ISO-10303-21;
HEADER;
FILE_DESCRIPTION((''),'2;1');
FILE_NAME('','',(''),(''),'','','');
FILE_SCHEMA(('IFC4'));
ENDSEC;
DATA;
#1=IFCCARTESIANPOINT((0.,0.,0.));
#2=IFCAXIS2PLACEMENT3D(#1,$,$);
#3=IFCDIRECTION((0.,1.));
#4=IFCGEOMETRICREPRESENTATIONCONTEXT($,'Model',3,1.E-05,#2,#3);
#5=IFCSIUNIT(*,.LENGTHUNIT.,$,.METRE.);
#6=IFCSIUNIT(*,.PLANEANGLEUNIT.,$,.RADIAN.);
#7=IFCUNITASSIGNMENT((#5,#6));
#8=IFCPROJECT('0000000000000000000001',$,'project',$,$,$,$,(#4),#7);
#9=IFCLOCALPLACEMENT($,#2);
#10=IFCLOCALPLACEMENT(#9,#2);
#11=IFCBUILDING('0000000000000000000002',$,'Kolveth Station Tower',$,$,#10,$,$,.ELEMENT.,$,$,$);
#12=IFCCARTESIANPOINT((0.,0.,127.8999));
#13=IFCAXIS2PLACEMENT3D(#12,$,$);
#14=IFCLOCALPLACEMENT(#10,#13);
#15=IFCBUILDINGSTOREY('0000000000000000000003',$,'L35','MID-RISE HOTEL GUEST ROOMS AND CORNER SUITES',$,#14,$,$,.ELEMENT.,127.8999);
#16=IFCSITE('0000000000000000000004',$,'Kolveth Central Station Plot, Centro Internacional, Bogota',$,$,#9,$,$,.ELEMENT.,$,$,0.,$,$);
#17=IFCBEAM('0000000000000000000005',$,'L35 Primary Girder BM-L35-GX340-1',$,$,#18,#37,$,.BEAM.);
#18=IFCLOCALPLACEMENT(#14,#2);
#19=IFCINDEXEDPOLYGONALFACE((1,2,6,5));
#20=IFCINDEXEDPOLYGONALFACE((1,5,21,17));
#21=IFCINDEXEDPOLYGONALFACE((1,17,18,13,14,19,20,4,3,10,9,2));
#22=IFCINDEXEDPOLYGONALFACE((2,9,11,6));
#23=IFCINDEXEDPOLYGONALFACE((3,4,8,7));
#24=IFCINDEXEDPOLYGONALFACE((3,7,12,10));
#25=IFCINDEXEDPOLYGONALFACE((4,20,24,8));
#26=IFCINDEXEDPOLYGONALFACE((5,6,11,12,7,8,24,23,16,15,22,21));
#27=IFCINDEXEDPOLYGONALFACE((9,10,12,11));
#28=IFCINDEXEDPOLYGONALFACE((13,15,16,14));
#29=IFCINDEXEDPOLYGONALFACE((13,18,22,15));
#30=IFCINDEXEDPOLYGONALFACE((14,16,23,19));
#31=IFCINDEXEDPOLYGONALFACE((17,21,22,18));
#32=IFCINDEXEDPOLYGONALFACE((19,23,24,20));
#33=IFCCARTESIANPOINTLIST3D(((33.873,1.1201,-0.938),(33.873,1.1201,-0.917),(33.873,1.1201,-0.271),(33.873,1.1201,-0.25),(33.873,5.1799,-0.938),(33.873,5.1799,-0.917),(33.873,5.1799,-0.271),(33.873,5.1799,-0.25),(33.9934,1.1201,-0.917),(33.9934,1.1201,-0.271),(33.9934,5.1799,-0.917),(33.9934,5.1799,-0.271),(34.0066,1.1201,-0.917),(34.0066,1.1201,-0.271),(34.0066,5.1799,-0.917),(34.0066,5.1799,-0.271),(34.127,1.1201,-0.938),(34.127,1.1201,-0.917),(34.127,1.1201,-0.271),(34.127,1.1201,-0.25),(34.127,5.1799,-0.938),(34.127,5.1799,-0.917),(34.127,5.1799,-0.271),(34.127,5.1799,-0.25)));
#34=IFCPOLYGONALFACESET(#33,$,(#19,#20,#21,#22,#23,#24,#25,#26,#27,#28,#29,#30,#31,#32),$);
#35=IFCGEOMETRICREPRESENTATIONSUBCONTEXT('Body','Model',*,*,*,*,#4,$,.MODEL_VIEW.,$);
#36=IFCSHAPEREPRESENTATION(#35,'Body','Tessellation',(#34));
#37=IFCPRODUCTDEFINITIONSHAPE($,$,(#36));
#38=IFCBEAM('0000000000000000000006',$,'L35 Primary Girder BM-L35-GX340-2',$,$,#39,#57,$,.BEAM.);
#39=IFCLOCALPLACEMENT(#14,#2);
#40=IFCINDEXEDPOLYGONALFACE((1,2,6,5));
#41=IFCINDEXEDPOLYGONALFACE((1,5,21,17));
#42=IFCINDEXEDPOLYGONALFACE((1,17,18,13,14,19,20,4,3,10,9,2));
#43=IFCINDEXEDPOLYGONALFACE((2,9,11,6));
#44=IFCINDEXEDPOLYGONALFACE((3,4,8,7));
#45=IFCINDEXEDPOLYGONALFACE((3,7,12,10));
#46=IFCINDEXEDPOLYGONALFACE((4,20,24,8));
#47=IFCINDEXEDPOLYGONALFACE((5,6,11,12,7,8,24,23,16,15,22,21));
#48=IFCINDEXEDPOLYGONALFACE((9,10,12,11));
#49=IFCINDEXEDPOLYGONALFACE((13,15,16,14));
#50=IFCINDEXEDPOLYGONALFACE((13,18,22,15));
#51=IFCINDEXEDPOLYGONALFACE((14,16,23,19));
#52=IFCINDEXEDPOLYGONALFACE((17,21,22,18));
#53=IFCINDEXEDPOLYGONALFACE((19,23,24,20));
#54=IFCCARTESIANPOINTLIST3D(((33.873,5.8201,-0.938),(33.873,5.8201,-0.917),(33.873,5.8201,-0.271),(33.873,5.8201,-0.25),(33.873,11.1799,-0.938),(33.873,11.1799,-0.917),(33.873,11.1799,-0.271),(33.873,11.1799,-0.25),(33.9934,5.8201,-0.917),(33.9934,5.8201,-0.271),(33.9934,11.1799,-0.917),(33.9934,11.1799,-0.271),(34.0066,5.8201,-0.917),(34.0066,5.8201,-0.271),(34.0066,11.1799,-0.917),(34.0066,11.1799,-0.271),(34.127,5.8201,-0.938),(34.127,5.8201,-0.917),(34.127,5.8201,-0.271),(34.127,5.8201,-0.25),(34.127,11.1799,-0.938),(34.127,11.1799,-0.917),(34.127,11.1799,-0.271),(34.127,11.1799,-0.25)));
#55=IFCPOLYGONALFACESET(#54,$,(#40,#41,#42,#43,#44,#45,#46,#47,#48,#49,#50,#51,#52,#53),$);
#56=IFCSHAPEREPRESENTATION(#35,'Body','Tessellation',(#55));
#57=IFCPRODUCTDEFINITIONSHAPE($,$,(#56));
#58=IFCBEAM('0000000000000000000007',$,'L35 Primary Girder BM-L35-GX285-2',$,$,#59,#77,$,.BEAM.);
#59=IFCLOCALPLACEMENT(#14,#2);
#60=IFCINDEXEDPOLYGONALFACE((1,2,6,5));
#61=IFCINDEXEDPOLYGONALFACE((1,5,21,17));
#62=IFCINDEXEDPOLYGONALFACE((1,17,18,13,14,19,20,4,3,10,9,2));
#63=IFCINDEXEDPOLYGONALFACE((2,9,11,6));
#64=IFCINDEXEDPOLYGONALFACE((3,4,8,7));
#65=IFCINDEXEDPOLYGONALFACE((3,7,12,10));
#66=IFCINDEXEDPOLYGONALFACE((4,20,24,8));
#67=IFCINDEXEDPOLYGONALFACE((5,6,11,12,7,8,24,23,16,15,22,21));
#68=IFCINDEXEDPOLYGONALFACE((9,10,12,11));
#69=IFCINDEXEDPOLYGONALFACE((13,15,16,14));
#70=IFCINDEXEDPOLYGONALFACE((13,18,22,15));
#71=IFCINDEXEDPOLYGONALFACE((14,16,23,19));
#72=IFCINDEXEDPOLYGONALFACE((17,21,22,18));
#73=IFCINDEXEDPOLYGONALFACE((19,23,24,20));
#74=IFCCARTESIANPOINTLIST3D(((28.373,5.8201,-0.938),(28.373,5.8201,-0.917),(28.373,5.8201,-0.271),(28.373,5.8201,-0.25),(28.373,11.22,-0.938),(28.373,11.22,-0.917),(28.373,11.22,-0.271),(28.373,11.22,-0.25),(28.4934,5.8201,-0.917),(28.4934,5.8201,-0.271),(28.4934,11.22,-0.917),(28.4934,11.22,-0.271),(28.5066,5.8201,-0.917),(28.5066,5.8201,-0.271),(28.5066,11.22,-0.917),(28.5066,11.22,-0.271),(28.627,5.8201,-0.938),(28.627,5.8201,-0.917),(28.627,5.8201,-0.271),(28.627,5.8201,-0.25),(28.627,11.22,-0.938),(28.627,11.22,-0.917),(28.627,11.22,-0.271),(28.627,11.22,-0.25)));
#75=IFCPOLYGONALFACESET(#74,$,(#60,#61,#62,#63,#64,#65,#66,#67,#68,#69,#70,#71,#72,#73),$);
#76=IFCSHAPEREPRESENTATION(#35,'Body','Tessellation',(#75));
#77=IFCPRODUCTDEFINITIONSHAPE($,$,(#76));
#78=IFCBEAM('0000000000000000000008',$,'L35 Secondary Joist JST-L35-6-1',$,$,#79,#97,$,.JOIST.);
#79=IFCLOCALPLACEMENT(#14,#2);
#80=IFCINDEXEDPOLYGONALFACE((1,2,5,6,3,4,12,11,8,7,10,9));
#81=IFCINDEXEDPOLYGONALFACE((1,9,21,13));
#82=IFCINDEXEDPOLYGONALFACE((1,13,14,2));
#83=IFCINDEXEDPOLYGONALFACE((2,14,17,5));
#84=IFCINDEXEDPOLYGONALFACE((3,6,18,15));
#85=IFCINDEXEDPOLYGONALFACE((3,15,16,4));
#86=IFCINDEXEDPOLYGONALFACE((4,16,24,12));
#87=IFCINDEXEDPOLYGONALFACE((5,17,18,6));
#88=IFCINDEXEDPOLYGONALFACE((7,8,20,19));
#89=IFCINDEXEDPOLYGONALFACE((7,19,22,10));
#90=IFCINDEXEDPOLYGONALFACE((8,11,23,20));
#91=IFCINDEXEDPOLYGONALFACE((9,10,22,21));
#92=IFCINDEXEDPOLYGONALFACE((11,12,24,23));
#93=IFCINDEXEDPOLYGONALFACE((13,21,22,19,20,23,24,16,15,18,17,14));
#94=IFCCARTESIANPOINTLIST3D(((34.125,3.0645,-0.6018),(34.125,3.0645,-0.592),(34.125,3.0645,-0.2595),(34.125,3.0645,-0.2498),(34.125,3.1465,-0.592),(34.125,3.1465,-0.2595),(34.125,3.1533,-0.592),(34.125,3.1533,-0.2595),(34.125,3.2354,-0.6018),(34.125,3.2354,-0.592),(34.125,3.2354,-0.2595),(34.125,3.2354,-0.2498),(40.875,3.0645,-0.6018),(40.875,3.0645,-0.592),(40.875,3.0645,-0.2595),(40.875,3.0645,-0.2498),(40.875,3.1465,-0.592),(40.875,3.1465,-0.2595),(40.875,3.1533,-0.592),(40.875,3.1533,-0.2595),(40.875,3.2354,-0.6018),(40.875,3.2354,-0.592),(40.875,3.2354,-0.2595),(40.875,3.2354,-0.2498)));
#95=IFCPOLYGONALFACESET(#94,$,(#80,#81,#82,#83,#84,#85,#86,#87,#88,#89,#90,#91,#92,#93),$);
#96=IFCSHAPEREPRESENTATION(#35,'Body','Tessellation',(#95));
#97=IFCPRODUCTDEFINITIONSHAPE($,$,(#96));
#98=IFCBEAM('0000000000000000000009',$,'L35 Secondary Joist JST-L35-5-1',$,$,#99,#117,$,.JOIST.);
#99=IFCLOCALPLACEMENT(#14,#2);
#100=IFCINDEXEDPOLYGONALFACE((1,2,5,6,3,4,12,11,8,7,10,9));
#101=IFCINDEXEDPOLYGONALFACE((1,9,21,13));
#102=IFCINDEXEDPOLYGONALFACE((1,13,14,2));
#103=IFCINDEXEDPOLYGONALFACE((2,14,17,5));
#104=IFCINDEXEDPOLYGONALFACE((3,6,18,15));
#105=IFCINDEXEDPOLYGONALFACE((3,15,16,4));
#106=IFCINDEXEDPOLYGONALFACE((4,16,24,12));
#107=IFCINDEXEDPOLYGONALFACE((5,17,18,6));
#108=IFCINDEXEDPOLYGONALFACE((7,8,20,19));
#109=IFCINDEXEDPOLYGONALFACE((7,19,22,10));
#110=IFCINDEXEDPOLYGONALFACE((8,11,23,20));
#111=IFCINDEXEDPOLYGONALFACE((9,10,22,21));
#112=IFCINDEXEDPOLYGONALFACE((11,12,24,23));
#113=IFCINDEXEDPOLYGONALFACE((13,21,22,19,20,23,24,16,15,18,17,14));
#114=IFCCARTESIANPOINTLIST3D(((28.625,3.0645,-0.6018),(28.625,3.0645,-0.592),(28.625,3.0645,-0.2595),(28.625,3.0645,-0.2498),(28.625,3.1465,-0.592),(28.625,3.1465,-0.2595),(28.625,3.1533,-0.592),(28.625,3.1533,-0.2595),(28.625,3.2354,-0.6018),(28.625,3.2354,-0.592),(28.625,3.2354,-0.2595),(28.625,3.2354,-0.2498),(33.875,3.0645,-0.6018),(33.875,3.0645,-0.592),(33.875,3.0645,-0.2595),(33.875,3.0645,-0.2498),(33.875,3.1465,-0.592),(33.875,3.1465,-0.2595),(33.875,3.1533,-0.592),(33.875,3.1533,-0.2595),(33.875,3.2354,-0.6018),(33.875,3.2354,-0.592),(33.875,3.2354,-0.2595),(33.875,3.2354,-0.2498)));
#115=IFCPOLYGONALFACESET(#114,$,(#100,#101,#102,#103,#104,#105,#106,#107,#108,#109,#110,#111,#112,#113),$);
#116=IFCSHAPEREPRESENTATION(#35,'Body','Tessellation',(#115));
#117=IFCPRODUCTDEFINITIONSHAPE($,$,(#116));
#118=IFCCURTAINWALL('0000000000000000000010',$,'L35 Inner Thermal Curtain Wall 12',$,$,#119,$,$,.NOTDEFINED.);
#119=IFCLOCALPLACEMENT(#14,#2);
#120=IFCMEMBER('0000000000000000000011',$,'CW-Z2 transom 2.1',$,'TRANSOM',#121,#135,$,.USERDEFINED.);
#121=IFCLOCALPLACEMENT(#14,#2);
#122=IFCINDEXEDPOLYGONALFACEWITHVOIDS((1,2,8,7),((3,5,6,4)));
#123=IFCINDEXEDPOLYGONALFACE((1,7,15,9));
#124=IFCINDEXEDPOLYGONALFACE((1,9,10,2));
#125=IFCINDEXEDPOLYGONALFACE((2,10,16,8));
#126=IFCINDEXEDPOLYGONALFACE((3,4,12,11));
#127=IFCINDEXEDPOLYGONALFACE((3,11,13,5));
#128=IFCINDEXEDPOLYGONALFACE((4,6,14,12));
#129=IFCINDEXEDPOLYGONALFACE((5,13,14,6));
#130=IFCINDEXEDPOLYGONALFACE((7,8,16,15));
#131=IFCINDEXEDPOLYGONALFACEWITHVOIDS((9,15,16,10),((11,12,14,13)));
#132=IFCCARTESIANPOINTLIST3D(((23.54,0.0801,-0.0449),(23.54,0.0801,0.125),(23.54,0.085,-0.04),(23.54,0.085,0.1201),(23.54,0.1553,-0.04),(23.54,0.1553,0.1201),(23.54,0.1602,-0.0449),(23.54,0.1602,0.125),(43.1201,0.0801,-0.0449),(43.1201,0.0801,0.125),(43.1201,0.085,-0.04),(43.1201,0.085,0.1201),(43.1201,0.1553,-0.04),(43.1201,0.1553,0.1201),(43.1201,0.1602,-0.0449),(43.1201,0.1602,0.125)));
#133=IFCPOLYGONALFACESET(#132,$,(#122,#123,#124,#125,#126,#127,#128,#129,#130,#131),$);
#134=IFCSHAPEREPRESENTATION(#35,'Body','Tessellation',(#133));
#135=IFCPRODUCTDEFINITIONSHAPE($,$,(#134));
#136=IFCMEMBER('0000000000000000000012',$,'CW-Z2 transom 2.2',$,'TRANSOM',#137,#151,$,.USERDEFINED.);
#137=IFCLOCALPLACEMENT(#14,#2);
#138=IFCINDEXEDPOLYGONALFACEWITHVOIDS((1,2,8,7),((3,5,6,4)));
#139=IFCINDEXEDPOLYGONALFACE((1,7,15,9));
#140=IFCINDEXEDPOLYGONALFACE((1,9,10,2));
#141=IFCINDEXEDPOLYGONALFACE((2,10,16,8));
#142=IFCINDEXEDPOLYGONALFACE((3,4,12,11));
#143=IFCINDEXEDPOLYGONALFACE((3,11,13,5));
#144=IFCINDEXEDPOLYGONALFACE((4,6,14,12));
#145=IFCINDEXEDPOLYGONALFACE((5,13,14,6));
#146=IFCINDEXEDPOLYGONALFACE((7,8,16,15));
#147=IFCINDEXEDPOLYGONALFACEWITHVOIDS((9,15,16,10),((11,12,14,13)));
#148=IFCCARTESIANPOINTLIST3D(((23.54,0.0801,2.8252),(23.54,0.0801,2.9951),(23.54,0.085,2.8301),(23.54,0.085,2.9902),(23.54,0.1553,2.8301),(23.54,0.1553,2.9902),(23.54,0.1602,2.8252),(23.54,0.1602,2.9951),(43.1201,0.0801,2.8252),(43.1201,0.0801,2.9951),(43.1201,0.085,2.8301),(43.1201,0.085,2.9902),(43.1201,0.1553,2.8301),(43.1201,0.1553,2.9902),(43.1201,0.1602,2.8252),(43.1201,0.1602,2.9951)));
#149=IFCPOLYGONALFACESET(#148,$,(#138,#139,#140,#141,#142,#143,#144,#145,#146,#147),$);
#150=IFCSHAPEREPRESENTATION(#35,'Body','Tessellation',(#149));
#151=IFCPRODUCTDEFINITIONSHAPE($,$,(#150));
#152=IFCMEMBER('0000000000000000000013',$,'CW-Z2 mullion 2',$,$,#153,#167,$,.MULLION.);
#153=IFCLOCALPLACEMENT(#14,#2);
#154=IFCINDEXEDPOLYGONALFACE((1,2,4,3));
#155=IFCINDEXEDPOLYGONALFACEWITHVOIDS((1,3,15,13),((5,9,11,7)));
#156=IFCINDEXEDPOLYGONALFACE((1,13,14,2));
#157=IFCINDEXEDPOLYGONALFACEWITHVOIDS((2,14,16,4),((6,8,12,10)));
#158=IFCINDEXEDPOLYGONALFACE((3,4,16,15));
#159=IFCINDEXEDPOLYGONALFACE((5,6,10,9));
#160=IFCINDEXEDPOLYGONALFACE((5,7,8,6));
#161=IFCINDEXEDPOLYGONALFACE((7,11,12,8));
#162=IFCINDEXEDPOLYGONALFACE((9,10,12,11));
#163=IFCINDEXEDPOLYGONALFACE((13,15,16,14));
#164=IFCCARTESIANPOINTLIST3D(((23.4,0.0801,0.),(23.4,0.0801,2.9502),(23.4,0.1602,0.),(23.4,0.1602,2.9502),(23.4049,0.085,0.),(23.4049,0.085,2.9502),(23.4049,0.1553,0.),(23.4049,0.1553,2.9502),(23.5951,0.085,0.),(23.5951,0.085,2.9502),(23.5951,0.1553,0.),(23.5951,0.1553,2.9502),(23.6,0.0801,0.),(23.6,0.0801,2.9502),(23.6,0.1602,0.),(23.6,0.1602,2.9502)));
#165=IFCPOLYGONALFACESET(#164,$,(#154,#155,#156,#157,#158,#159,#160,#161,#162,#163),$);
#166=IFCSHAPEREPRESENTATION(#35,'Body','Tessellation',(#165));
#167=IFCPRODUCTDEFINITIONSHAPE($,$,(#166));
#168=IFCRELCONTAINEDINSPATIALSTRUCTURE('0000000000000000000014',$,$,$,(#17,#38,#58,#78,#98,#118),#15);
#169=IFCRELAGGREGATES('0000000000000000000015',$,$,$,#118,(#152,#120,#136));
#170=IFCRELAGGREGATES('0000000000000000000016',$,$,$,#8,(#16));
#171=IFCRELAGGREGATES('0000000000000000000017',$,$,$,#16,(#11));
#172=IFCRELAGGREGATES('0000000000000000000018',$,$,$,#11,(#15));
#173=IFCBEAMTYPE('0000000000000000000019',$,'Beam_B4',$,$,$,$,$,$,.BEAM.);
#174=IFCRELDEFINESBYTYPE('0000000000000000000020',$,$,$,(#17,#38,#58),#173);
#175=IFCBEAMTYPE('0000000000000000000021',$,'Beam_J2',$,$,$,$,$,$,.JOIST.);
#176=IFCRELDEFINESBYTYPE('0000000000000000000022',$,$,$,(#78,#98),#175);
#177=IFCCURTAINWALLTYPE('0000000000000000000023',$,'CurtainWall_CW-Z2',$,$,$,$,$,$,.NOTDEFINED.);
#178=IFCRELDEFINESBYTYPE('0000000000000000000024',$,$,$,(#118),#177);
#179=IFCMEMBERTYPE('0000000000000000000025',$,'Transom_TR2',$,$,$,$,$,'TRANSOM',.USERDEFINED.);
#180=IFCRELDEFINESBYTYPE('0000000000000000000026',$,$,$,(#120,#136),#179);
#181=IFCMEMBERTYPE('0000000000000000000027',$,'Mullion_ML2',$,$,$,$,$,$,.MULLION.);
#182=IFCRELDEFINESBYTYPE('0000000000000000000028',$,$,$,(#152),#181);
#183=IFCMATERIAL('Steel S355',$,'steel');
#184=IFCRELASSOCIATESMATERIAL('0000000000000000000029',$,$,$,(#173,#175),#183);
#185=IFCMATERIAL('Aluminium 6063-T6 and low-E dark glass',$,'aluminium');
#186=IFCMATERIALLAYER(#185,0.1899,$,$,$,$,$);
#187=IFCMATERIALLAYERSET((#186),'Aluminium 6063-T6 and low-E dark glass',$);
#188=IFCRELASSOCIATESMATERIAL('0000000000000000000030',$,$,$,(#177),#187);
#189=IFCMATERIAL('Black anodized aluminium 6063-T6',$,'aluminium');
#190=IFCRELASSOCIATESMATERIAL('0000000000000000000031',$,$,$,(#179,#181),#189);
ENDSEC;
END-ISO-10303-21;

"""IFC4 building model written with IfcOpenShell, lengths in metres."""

from ifc_helpers import new_model, si_unit, direction, frame, origin, origin_2d, place, context, subcontext, project, spatial, hollow_rectangle, i_section, extrude, source, transform, mapped, material, layer, layer_set, material_profile, profile_set, type_object, element, aggregate, save


model = new_model("IFC4")

# Units and contexts
model_context = context("Model", 3, precision=1e-05, world=origin(), true_north=direction((0.0, 1.0)))
body_context = subcontext(model_context, "Body", "Model", "MODEL_VIEW")
ifc_project = project(units=[si_unit("LENGTHUNIT", "METRE"), si_unit("PLANEANGLEUNIT", "RADIAN")], contexts=[model_context])

# Site, building, storey
site_placement = place(None, origin())
site = spatial("IfcSite", under=ifc_project, at=site_placement, Name="Kolveth Central Station Plot, Centro Internacional, Bogota", CompositionType="ELEMENT", RefElevation=0.0)
building_placement = place(site_placement, origin())
building = spatial("IfcBuilding", under=site, at=building_placement, Name="Kolveth Station Tower", CompositionType="ELEMENT")
storey_placement = place(building_placement, frame((0.0, 0.0, 127.8999)))
storey = spatial("IfcBuildingStorey", under=building, at=storey_placement, Name="L35", Description="MID-RISE HOTEL GUEST ROOMS AND CORNER SUITES", CompositionType="ELEMENT", Elevation=127.8999)

# Beams
ifc_material_1 = material(Name="Steel S355", Category="steel")
ifc_material_profile_1 = material_profile(ifc_material_1, i_section(OverallWidth=0.2539, OverallDepth=0.688, WebThickness=0.0132, FlangeThickness=0.021, at=origin_2d()), Name="W690x152")
ifc_profile_set_1 = profile_set([ifc_material_profile_1], Name="Steel S355")
beam_type_1 = type_object("IfcBeamType", Name="Beam_B4", PredefinedType="BEAM", material=ifc_profile_set_1)
shared_shape_1 = source(origin(), body_context, "Body", "SweptSolid", [
    extrude(i_section(OverallWidth=0.2539, OverallDepth=0.688, WebThickness=0.0132, FlangeThickness=0.021, at=origin_2d()), origin(), (0.0, 0.0, 1.0), 4.0598),
])
for number, where, z_axis, x_axis, name in (
    (1, (34.0, 1.1201, -0.594), (0.0, 1.0, 0.0), (-1.0, 0.0, 0.0), "L35 Primary Girder BM-L35-GX340-1"),
):
    element("IfcBeam", number, at=place(storey_placement, frame(where, z_axis=z_axis, x_axis=x_axis)), inside=storey, type_object=beam_type_1, Name=name, PredefinedType="BEAM", context=body_context, shape_type="MappedRepresentation", body=[
        mapped(shared_shape_1, transform((0.0, 0.0, 0.0), x_axis=(1.0, 0.0, 0.0), y_axis=(0.0, 1.0, 0.0), z_axis=(0.0, 0.0, 1.0), scale=1.0)),
    ])
shared_shape_2 = source(origin(), body_context, "Body", "SweptSolid", [
    extrude(i_section(OverallWidth=0.2539, OverallDepth=0.688, WebThickness=0.0132, FlangeThickness=0.021, at=origin_2d()), origin(), (0.0, 0.0, 1.0), 5.3599),
])
beam_1_placement = place(storey_placement, frame((34.0, 5.8201, -0.594), z_axis=(0.0, 1.0, 0.0), x_axis=(-1.0, 0.0, 0.0)))
element("IfcBeam", 2, at=beam_1_placement, inside=storey, type_object=beam_type_1, Name="L35 Primary Girder BM-L35-GX340-2", PredefinedType="BEAM", context=body_context, shape_type="MappedRepresentation", body=[
    mapped(shared_shape_2, transform((0.0, 0.0, 0.0), x_axis=(1.0, 0.0, 0.0), y_axis=(0.0, 1.0, 0.0), z_axis=(0.0, 0.0, 1.0), scale=1.0)),
])
shared_shape_3 = source(origin(), body_context, "Body", "SweptSolid", [
    extrude(i_section(OverallWidth=0.2539, OverallDepth=0.688, WebThickness=0.0132, FlangeThickness=0.021, at=origin_2d()), origin(), (0.0, 0.0, 1.0), 5.3999),
])
beam_2_placement = place(storey_placement, frame((28.5, 5.8201, -0.594), z_axis=(0.0, 1.0, 0.0), x_axis=(-1.0, 0.0, 0.0)))
element("IfcBeam", 3, at=beam_2_placement, inside=storey, type_object=beam_type_1, Name="L35 Primary Girder BM-L35-GX285-2", PredefinedType="BEAM", context=body_context, shape_type="MappedRepresentation", body=[
    mapped(shared_shape_3, transform((0.0, 0.0, 0.0), x_axis=(1.0, 0.0, 0.0), y_axis=(0.0, 1.0, 0.0), z_axis=(0.0, 0.0, 1.0), scale=1.0)),
])
ifc_material_profile_2 = material_profile(ifc_material_1, i_section(OverallWidth=0.1709, OverallDepth=0.3521, WebThickness=0.0068, FlangeThickness=0.0098, at=origin_2d()), Name="W360x44")
ifc_profile_set_2 = profile_set([ifc_material_profile_2], Name="Steel S355")
beam_type_2 = type_object("IfcBeamType", Name="Beam_J2", PredefinedType="JOIST", material=ifc_profile_set_2)
shared_shape_4 = source(origin(), body_context, "Body", "SweptSolid", [
    extrude(i_section(OverallWidth=0.1709, OverallDepth=0.3521, WebThickness=0.0068, FlangeThickness=0.0098, at=origin_2d()), origin(), (0.0, 0.0, 1.0), 6.75),
])
beam_3_placement = place(storey_placement, frame((34.125, 3.1499, -0.4258), z_axis=(1.0, 0.0, 0.0), x_axis=(0.0, 1.0, 0.0)))
element("IfcBeam", 4, at=beam_3_placement, inside=storey, type_object=beam_type_2, Name="L35 Secondary Joist JST-L35-6-1", PredefinedType="JOIST", context=body_context, shape_type="MappedRepresentation", body=[
    mapped(shared_shape_4, transform((0.0, 0.0, 0.0), x_axis=(1.0, 0.0, 0.0), y_axis=(0.0, 1.0, 0.0), z_axis=(0.0, 0.0, 1.0), scale=1.0)),
])
shared_shape_5 = source(origin(), body_context, "Body", "SweptSolid", [
    extrude(i_section(OverallWidth=0.1709, OverallDepth=0.3521, WebThickness=0.0068, FlangeThickness=0.0098, at=origin_2d()), origin(), (0.0, 0.0, 1.0), 5.25),
])
beam_4_placement = place(storey_placement, frame((28.625, 3.1499, -0.4258), z_axis=(1.0, 0.0, 0.0), x_axis=(0.0, 1.0, 0.0)))
element("IfcBeam", 5, at=beam_4_placement, inside=storey, type_object=beam_type_2, Name="L35 Secondary Joist JST-L35-5-1", PredefinedType="JOIST", context=body_context, shape_type="MappedRepresentation", body=[
    mapped(shared_shape_5, transform((0.0, 0.0, 0.0), x_axis=(1.0, 0.0, 0.0), y_axis=(0.0, 1.0, 0.0), z_axis=(0.0, 0.0, 1.0), scale=1.0)),
])

# Curtain wall, members
ifc_material_2 = material(Name="Aluminium 6063-T6 and low-E dark glass", Category="aluminium")
ifc_layer_1 = layer(ifc_material_2, 0.1899)
ifc_layer_set_1 = layer_set([ifc_layer_1], Name="Aluminium 6063-T6 and low-E dark glass")
curtain_wall_type_1 = type_object("IfcCurtainWallType", Name="CurtainWall_CW-Z2", PredefinedType="NOTDEFINED", material=ifc_layer_set_1)
curtain_wall_1_placement = place(storey_placement, origin())
curtain_wall_1 = element("IfcCurtainWall", 6, at=curtain_wall_1_placement, inside=storey, type_object=curtain_wall_type_1, Name="L35 Inner Thermal Curtain Wall 12", PredefinedType="NOTDEFINED")
ifc_material_3 = material(Name="Black anodized aluminium 6063-T6", Category="aluminium")
ifc_material_profile_3 = material_profile(ifc_material_3, hollow_rectangle(XDim=0.0801, YDim=0.1699, WallThickness=0.0049, at=origin_2d()), Name="ALU-80x170x5")
ifc_profile_set_3 = profile_set([ifc_material_profile_3], Name="Black anodized aluminium 6063-T6")
member_type_1 = type_object("IfcMemberType", Name="Transom_TR2", ElementType="TRANSOM", PredefinedType="USERDEFINED", material=ifc_profile_set_3)
shared_shape_6 = source(origin(), body_context, "Body", "SweptSolid", [
    extrude(hollow_rectangle(XDim=0.0801, YDim=0.1699, WallThickness=0.0049, at=origin_2d()), origin(), (0.0, 0.0, 1.0), 19.5801),
])
member_1_placement = place(storey_placement, frame((23.54, 0.1201, 0.04), z_axis=(1.0, 0.0, 0.0), x_axis=(0.0, 1.0, 0.0)))
member_1 = element("IfcMember", 7, at=member_1_placement, type_object=member_type_1, Name="CW-Z2 transom 2.1", ObjectType="TRANSOM", PredefinedType="USERDEFINED", context=body_context, shape_type="MappedRepresentation", body=[
    mapped(shared_shape_6, transform((0.0, 0.0, 0.0), x_axis=(1.0, 0.0, 0.0), y_axis=(0.0, 1.0, 0.0), z_axis=(0.0, 0.0, 1.0), scale=1.0)),
])
member_2_placement = place(storey_placement, frame((23.54, 0.1201, 2.9102), z_axis=(1.0, 0.0, 0.0), x_axis=(0.0, 1.0, 0.0)))
member_2 = element("IfcMember", 8, at=member_2_placement, type_object=member_type_1, Name="CW-Z2 transom 2.2", ObjectType="TRANSOM", PredefinedType="USERDEFINED", context=body_context, shape_type="MappedRepresentation", body=[
    mapped(shared_shape_6, transform((0.0, 0.0, 0.0), x_axis=(1.0, 0.0, 0.0), y_axis=(0.0, 1.0, 0.0), z_axis=(0.0, 0.0, 1.0), scale=1.0)),
])
ifc_material_profile_4 = material_profile(ifc_material_3, hollow_rectangle(XDim=0.0801, YDim=0.2, WallThickness=0.0049, at=origin_2d()), Name="ALU-80x200x5")
ifc_profile_set_4 = profile_set([ifc_material_profile_4], Name="Black anodized aluminium 6063-T6")
member_type_2 = type_object("IfcMemberType", Name="Mullion_ML2", PredefinedType="MULLION", material=ifc_profile_set_4)
shared_shape_7 = source(origin(), body_context, "Body", "SweptSolid", [
    extrude(hollow_rectangle(XDim=0.0801, YDim=0.2, WallThickness=0.0049, at=origin_2d()), origin(), (0.0, 0.0, 1.0), 2.9502),
])
member_3_placement = place(storey_placement, frame((23.5, 0.1201, 0.0), z_axis=(0.0, 0.0, 1.0), x_axis=(0.0, 1.0, 0.0)))
member_3 = element("IfcMember", 9, at=member_3_placement, type_object=member_type_2, Name="CW-Z2 mullion 2", PredefinedType="MULLION", context=body_context, shape_type="MappedRepresentation", body=[
    mapped(shared_shape_7, transform((0.0, 0.0, 0.0), x_axis=(1.0, 0.0, 0.0), y_axis=(0.0, 1.0, 0.0), z_axis=(0.0, 0.0, 1.0), scale=1.0)),
])
aggregate(curtain_wall_1, [member_3, member_1, member_2])

save(model, "model.ifc")
